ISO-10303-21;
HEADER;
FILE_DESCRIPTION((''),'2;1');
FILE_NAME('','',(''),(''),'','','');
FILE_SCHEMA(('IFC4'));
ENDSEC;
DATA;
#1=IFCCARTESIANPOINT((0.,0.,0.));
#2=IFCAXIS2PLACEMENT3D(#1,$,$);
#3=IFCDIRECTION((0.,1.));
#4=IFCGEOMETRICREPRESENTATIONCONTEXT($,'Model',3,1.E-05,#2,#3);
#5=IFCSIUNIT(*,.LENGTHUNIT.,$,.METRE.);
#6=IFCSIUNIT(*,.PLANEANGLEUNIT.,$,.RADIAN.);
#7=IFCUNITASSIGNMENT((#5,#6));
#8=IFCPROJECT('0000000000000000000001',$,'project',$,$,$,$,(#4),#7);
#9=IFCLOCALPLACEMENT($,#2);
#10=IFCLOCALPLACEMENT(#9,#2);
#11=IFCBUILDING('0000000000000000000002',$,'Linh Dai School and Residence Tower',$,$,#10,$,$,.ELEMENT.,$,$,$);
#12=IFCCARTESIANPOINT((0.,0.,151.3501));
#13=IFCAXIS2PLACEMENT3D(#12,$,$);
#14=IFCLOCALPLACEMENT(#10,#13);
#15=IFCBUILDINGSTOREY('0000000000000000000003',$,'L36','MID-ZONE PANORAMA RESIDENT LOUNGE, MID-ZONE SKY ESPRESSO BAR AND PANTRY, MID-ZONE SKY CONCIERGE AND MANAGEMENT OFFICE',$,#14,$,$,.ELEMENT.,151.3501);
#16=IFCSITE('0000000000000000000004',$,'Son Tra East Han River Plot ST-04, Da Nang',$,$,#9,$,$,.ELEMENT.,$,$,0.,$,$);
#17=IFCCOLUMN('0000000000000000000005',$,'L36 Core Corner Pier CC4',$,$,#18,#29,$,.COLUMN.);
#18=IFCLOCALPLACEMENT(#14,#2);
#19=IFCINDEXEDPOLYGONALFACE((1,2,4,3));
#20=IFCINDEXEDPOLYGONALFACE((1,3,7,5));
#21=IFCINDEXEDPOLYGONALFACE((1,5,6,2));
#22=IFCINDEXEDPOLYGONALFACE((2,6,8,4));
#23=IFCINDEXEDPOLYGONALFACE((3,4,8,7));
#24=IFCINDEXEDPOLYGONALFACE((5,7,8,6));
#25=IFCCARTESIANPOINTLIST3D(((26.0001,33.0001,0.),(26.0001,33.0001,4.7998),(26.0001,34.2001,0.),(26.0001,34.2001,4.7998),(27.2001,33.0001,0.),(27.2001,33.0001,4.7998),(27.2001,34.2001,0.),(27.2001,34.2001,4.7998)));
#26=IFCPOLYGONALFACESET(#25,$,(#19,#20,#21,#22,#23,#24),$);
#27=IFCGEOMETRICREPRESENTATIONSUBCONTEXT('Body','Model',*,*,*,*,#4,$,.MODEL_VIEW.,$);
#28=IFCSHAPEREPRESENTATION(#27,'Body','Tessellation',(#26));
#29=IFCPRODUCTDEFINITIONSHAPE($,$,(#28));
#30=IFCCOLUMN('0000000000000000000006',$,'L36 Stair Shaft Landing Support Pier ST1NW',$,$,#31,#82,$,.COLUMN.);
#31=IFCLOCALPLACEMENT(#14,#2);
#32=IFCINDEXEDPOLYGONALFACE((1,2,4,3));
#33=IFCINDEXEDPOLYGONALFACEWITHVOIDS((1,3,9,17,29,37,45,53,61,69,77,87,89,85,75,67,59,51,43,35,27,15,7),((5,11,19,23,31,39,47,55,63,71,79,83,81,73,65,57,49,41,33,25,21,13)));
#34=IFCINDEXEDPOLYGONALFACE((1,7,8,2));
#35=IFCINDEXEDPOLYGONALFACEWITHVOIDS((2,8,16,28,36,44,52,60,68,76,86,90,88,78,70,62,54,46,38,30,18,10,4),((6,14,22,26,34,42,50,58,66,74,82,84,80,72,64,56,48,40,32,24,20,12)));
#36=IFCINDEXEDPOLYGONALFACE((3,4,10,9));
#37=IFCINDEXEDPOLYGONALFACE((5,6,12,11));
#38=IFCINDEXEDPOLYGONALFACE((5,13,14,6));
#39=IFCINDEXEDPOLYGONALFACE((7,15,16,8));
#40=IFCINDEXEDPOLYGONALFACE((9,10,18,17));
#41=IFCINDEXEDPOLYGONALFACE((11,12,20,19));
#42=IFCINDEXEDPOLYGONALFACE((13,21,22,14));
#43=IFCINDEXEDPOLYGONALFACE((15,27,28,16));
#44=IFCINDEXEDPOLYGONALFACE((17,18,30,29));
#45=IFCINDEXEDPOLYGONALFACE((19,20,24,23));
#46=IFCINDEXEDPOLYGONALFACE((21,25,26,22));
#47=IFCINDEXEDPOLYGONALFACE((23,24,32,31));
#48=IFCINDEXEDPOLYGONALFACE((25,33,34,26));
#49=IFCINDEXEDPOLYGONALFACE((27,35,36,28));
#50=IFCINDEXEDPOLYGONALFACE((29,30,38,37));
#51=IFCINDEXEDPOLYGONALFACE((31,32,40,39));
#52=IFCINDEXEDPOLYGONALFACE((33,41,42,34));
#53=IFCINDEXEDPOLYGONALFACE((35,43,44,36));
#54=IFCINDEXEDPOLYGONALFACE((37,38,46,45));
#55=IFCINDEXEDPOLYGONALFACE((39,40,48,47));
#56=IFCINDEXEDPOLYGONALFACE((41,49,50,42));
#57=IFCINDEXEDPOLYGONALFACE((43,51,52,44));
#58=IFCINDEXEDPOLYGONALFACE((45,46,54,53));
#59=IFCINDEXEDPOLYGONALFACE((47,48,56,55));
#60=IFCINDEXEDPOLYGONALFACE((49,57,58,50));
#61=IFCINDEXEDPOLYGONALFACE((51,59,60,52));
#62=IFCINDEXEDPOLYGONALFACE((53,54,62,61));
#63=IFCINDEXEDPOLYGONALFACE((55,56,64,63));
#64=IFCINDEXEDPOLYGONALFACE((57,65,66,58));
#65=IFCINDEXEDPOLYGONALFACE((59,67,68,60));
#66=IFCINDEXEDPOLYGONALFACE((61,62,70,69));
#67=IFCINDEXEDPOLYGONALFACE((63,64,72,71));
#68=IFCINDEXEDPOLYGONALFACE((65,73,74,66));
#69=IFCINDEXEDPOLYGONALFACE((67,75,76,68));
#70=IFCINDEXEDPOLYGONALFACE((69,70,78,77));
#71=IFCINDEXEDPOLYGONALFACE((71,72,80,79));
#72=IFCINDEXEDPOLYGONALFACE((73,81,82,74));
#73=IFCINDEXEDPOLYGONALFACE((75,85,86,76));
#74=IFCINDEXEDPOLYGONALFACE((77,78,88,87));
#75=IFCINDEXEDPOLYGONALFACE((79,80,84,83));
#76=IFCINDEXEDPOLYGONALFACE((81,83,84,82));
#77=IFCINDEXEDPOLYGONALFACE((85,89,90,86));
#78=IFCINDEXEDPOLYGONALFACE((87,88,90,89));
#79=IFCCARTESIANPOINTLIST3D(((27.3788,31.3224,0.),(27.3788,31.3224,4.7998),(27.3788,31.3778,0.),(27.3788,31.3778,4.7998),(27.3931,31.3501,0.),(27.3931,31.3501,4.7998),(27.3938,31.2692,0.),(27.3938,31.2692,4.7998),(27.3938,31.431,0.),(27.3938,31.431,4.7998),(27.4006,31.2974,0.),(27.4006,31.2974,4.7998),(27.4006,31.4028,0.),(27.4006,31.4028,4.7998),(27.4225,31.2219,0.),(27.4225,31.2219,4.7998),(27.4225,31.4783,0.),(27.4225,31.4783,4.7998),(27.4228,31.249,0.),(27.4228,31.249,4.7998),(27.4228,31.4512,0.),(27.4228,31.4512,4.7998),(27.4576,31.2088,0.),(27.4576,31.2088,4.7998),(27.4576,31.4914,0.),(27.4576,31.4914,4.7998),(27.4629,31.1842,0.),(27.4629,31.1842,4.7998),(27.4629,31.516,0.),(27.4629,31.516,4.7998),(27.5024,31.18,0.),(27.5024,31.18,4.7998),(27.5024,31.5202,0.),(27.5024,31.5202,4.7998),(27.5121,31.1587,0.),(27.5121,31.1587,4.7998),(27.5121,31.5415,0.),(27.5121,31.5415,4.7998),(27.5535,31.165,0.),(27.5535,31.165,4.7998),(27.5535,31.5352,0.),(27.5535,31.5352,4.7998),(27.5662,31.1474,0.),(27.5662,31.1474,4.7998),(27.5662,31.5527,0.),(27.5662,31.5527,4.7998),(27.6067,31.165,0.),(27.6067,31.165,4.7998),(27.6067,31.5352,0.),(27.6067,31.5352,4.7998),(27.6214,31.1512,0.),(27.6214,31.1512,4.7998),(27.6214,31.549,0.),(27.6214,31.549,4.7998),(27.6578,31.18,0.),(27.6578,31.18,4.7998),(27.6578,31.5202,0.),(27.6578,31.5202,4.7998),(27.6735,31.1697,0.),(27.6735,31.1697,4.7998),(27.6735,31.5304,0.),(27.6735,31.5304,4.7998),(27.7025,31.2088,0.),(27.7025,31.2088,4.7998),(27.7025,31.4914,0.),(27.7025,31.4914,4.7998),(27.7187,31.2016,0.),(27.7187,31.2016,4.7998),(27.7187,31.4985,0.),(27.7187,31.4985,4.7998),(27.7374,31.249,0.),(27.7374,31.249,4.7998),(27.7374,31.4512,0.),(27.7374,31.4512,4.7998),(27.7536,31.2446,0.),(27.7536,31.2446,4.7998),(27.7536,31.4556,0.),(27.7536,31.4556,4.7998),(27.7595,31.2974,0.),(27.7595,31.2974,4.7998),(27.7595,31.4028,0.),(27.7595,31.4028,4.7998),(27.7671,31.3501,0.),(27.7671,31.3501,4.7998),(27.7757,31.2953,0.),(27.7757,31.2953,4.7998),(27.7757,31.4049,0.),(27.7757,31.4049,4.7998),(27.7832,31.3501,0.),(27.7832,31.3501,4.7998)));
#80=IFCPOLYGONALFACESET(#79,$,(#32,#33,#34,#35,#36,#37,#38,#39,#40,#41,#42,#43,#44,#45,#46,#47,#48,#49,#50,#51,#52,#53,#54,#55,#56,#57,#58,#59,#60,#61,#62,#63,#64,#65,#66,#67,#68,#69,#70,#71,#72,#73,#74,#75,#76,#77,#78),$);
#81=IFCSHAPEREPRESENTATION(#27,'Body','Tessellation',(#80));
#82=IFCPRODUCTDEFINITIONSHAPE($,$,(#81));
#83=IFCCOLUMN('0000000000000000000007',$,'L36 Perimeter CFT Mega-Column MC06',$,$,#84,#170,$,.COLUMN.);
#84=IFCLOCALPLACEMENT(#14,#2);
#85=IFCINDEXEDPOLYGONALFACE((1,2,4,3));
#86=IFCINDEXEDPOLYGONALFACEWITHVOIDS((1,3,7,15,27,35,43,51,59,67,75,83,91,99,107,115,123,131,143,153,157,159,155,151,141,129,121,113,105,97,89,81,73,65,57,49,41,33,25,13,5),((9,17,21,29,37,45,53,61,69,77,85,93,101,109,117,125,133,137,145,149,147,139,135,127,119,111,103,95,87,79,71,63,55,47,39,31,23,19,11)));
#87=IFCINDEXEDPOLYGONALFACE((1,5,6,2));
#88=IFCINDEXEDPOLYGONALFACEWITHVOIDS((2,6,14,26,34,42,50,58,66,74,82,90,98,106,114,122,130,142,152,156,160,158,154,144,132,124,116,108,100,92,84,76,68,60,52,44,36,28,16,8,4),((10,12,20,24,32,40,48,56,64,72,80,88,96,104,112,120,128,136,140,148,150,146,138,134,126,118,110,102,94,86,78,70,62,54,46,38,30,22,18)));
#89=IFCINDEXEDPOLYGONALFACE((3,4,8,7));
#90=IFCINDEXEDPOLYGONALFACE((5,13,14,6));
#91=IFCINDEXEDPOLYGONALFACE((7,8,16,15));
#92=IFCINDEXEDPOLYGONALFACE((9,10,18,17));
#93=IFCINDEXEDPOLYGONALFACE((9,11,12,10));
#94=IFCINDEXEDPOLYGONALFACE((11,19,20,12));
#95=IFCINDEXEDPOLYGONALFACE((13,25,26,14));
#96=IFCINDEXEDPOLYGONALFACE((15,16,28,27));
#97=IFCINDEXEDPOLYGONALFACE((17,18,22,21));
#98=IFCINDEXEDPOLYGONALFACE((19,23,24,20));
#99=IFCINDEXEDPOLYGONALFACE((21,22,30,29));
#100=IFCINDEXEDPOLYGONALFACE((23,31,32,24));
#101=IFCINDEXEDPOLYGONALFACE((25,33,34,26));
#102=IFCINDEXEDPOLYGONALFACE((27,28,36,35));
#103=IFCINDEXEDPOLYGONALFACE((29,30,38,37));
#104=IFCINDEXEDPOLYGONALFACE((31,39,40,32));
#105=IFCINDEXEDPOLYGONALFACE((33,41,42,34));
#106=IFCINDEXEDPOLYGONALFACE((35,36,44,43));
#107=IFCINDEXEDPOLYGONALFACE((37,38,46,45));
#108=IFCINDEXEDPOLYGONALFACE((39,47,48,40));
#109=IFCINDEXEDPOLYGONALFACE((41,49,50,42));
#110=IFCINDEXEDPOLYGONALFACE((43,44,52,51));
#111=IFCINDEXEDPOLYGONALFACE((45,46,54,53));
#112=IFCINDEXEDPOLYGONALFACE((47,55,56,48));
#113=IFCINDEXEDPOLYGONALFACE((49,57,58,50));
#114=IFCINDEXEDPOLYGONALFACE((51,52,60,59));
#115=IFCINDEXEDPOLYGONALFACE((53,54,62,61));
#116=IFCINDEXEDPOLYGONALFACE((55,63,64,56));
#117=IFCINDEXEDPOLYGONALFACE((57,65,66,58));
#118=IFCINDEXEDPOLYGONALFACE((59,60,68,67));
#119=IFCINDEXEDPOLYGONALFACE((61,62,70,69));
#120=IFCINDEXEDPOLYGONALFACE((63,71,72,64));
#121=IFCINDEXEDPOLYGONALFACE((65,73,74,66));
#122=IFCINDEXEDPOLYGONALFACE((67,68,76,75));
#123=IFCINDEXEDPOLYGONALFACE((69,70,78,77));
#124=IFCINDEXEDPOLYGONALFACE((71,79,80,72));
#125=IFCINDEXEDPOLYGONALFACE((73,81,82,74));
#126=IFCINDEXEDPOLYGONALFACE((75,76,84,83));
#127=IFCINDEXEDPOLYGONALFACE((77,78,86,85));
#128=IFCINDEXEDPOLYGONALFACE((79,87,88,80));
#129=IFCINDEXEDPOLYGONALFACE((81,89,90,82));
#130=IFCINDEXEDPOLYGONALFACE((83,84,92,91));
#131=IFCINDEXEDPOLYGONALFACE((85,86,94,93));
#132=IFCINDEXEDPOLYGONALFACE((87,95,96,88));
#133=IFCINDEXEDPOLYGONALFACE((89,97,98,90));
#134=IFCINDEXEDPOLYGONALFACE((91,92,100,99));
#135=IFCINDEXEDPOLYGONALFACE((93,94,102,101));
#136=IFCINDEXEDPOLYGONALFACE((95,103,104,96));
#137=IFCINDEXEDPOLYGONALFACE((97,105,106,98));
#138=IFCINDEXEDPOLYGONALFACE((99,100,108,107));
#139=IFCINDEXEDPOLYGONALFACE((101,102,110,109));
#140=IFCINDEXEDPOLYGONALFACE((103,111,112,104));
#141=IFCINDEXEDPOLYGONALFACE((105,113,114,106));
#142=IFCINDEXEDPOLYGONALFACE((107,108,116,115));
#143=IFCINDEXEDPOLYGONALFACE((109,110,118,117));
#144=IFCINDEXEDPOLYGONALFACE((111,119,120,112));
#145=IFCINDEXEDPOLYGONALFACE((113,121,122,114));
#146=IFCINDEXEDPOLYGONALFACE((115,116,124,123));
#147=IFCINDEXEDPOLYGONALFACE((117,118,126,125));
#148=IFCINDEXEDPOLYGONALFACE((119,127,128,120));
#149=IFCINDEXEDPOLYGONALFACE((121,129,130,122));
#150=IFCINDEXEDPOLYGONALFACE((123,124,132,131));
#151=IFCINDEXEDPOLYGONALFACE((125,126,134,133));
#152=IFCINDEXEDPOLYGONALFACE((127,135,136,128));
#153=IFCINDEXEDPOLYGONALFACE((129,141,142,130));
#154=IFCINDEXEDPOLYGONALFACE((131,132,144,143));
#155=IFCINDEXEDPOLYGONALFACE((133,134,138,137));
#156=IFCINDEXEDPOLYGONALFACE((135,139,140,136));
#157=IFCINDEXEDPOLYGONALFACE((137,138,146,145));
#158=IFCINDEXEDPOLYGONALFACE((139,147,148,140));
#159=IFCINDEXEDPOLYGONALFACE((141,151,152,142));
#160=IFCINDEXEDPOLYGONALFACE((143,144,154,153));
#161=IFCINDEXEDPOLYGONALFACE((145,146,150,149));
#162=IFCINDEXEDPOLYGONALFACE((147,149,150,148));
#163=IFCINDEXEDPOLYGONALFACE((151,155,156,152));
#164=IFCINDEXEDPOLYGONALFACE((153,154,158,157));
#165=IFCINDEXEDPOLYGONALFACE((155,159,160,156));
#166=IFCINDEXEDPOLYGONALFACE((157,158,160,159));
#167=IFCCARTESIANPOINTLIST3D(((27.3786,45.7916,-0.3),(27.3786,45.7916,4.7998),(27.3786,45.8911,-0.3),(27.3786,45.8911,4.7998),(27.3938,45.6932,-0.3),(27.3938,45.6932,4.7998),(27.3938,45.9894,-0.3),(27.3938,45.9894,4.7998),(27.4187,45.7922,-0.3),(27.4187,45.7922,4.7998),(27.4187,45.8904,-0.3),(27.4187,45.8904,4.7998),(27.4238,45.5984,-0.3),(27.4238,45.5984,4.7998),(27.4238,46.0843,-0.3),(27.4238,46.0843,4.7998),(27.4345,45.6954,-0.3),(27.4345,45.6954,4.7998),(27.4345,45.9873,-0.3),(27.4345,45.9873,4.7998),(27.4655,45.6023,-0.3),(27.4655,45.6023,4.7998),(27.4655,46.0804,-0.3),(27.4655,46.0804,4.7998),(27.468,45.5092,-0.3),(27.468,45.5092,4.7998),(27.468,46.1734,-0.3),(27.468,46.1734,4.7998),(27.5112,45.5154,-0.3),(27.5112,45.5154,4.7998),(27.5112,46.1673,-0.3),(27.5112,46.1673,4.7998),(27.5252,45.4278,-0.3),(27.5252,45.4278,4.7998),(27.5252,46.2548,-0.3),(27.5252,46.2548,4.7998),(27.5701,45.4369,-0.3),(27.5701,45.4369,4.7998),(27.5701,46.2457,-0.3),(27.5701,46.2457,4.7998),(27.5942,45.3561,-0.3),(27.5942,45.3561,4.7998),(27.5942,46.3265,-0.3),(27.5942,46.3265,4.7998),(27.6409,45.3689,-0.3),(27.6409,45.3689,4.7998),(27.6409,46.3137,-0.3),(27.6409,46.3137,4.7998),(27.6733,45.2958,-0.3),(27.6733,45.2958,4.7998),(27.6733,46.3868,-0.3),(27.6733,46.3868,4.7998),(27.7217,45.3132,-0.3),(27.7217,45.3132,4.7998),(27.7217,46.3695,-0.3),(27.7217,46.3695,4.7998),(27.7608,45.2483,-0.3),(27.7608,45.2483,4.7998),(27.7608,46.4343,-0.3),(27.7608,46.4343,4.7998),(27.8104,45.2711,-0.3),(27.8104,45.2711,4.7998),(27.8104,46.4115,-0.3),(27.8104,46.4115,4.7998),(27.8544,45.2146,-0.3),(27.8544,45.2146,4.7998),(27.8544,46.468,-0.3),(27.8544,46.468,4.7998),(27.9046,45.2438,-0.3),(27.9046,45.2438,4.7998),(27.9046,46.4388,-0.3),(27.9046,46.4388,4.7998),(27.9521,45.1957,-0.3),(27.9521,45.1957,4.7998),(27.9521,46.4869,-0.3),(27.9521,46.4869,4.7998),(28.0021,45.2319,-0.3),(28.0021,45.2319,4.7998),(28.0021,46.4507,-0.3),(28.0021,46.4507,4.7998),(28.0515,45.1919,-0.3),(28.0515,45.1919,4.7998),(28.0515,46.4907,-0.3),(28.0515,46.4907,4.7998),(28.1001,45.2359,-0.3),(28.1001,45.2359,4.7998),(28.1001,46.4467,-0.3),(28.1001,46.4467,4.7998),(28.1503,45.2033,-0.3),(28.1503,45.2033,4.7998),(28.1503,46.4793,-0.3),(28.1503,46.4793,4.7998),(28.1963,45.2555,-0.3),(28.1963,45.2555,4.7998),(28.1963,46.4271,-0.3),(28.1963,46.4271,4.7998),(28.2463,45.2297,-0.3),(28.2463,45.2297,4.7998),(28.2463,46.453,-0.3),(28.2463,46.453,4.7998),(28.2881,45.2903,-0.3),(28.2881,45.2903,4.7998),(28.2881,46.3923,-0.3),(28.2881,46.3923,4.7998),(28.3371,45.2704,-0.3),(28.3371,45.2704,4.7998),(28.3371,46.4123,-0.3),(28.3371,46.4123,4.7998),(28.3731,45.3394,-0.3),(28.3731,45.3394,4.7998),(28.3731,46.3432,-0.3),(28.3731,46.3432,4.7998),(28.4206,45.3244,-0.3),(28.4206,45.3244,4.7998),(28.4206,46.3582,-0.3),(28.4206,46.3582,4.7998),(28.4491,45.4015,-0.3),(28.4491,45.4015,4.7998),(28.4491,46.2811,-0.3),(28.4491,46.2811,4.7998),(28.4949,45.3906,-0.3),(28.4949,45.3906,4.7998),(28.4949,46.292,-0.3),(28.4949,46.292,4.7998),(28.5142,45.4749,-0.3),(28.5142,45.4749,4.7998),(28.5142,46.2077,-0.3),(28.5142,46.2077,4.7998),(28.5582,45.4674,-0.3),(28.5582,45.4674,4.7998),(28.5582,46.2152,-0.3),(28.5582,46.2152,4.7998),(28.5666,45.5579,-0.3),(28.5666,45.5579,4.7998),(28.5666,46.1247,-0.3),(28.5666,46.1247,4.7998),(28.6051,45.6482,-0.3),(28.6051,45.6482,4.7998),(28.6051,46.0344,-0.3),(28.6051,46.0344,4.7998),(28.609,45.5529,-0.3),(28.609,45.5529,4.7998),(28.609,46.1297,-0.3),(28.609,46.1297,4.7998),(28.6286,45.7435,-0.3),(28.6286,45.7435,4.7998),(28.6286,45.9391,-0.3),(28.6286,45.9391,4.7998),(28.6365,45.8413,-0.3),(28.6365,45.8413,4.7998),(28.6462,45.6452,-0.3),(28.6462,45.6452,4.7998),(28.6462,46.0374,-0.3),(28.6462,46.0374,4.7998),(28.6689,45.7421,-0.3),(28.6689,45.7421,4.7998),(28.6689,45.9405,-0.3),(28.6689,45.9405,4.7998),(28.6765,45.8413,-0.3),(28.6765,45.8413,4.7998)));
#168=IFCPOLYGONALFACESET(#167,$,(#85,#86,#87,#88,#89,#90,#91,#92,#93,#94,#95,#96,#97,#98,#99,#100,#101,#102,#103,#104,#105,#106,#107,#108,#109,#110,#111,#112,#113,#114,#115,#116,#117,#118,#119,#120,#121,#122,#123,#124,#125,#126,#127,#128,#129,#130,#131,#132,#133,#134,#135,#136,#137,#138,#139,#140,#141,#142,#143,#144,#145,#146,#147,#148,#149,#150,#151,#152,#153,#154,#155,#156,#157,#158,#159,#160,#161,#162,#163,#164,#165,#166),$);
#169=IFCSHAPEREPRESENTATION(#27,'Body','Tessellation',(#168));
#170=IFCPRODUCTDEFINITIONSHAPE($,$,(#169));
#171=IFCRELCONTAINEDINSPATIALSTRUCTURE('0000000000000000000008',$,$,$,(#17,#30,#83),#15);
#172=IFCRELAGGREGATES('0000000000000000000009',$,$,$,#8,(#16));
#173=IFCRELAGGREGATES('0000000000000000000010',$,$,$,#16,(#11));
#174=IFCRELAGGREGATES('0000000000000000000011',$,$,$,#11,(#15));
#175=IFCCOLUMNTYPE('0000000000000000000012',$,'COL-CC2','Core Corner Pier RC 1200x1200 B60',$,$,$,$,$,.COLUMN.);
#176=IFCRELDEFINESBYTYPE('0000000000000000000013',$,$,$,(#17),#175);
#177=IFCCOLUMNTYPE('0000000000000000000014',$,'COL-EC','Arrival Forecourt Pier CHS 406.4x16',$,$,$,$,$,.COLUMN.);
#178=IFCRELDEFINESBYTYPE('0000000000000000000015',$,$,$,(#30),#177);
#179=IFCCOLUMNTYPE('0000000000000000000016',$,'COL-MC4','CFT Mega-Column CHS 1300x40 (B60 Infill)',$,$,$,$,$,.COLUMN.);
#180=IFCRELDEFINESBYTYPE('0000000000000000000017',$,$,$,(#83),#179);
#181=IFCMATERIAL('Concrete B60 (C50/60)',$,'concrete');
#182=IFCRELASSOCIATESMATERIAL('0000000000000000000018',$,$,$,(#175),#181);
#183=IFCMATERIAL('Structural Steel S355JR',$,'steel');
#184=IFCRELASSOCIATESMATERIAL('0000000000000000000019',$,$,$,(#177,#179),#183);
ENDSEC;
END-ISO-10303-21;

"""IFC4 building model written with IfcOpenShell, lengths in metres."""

from ifc_helpers import new_model, si_unit, direction, frame, origin, origin_2d, place, context, subcontext, project, spatial, rectangle, hollow_circle, extrude, material, material_profile, profile_set, type_object, element, save


model = new_model("IFC4")

# Units and contexts
model_context = context("Model", 3, precision=1e-05, world=origin(), true_north=direction((0.0, 1.0)))
body_context = subcontext(model_context, "Body", "Model", "MODEL_VIEW")
ifc_project = project(units=[si_unit("LENGTHUNIT", "METRE"), si_unit("PLANEANGLEUNIT", "RADIAN")], contexts=[model_context])

# Site, building, storey
site_placement = place(None, origin())
site = spatial("IfcSite", under=ifc_project, at=site_placement, Name="Son Tra East Han River Plot ST-04, Da Nang", CompositionType="ELEMENT", RefElevation=0.0)
building_placement = place(site_placement, origin())
building = spatial("IfcBuilding", under=site, at=building_placement, Name="Linh Dai School and Residence Tower", CompositionType="ELEMENT")
storey_placement = place(building_placement, frame((0.0, 0.0, 151.3501)))
storey = spatial("IfcBuildingStorey", under=building, at=storey_placement, Name="L36", Description="MID-ZONE PANORAMA RESIDENT LOUNGE, MID-ZONE SKY ESPRESSO BAR AND PANTRY, MID-ZONE SKY CONCIERGE AND MANAGEMENT OFFICE", CompositionType="ELEMENT", Elevation=151.3501)

# Columns
ifc_material_1 = material(Name="Concrete B60 (C50/60)", Category="concrete")
ifc_material_profile_1 = material_profile(ifc_material_1, rectangle(XDim=1.2, YDim=1.2, at=origin_2d()), Name="RC 1200x1200")
ifc_profile_set_1 = profile_set([ifc_material_profile_1], Name="Concrete B60 (C50/60)")
column_type_1 = type_object("IfcColumnType", Name="COL-CC2", Description="Core Corner Pier RC 1200x1200 B60", PredefinedType="COLUMN", material=ifc_profile_set_1)
column_1_placement = place(storey_placement, frame((26.6001, 33.6001, 0.0), z_axis=(0.0, 0.0, 1.0), x_axis=(1.0, 0.0, 0.0)))
element("IfcColumn", 1, at=column_1_placement, inside=storey, type_object=column_type_1, Name="L36 Core Corner Pier CC4", PredefinedType="COLUMN", context=body_context, shape_type="SweptSolid", body=[
    extrude(rectangle(XDim=1.2, YDim=1.2, at=origin_2d()), origin(), (0.0, 0.0, 1.0), 4.7998),
])
ifc_material_2 = material(Name="Structural Steel S355JR", Category="steel")
ifc_material_profile_2 = material_profile(ifc_material_2, hollow_circle(Radius=0.2031, WallThickness=0.0161, at=origin_2d()), Name="CHS 406.4x16")
ifc_profile_set_2 = profile_set([ifc_material_profile_2], Name="Structural Steel S355JR")
column_type_2 = type_object("IfcColumnType", Name="COL-EC", Description="Arrival Forecourt Pier CHS 406.4x16", PredefinedType="COLUMN", material=ifc_profile_set_2)
column_2_placement = place(storey_placement, frame((27.5801, 31.3501, 0.0), z_axis=(0.0, 0.0, 1.0), x_axis=(1.0, 0.0, 0.0)))
element("IfcColumn", 2, at=column_2_placement, inside=storey, type_object=column_type_2, Name="L36 Stair Shaft Landing Support Pier ST1NW", PredefinedType="COLUMN", context=body_context, shape_type="SweptSolid", body=[
    extrude(hollow_circle(Radius=0.2031, WallThickness=0.0161, at=origin_2d()), origin(), (0.0, 0.0, 1.0), 4.7998),
])
ifc_material_profile_3 = material_profile(ifc_material_2, hollow_circle(Radius=0.6499, WallThickness=0.04, at=origin_2d()), Name="CHS 1300x40")
ifc_profile_set_3 = profile_set([ifc_material_profile_3], Name="Structural Steel S355JR")
column_type_3 = type_object("IfcColumnType", Name="COL-MC4", Description="CFT Mega-Column CHS 1300x40 (B60 Infill)", PredefinedType="COLUMN", material=ifc_profile_set_3)
column_3_placement = place(storey_placement, frame((28.0266, 45.8413, -0.3), z_axis=(0.0, 0.0, 1.0), x_axis=(1.0, 0.0, 0.0)))
element("IfcColumn", 3, at=column_3_placement, inside=storey, type_object=column_type_3, Name="L36 Perimeter CFT Mega-Column MC06", PredefinedType="COLUMN", context=body_context, shape_type="SweptSolid", body=[
    extrude(hollow_circle(Radius=0.6499, WallThickness=0.04, at=origin_2d()), origin(), (0.0, 0.0, 1.0), 5.0999),
])

save(model, "model.ifc")
